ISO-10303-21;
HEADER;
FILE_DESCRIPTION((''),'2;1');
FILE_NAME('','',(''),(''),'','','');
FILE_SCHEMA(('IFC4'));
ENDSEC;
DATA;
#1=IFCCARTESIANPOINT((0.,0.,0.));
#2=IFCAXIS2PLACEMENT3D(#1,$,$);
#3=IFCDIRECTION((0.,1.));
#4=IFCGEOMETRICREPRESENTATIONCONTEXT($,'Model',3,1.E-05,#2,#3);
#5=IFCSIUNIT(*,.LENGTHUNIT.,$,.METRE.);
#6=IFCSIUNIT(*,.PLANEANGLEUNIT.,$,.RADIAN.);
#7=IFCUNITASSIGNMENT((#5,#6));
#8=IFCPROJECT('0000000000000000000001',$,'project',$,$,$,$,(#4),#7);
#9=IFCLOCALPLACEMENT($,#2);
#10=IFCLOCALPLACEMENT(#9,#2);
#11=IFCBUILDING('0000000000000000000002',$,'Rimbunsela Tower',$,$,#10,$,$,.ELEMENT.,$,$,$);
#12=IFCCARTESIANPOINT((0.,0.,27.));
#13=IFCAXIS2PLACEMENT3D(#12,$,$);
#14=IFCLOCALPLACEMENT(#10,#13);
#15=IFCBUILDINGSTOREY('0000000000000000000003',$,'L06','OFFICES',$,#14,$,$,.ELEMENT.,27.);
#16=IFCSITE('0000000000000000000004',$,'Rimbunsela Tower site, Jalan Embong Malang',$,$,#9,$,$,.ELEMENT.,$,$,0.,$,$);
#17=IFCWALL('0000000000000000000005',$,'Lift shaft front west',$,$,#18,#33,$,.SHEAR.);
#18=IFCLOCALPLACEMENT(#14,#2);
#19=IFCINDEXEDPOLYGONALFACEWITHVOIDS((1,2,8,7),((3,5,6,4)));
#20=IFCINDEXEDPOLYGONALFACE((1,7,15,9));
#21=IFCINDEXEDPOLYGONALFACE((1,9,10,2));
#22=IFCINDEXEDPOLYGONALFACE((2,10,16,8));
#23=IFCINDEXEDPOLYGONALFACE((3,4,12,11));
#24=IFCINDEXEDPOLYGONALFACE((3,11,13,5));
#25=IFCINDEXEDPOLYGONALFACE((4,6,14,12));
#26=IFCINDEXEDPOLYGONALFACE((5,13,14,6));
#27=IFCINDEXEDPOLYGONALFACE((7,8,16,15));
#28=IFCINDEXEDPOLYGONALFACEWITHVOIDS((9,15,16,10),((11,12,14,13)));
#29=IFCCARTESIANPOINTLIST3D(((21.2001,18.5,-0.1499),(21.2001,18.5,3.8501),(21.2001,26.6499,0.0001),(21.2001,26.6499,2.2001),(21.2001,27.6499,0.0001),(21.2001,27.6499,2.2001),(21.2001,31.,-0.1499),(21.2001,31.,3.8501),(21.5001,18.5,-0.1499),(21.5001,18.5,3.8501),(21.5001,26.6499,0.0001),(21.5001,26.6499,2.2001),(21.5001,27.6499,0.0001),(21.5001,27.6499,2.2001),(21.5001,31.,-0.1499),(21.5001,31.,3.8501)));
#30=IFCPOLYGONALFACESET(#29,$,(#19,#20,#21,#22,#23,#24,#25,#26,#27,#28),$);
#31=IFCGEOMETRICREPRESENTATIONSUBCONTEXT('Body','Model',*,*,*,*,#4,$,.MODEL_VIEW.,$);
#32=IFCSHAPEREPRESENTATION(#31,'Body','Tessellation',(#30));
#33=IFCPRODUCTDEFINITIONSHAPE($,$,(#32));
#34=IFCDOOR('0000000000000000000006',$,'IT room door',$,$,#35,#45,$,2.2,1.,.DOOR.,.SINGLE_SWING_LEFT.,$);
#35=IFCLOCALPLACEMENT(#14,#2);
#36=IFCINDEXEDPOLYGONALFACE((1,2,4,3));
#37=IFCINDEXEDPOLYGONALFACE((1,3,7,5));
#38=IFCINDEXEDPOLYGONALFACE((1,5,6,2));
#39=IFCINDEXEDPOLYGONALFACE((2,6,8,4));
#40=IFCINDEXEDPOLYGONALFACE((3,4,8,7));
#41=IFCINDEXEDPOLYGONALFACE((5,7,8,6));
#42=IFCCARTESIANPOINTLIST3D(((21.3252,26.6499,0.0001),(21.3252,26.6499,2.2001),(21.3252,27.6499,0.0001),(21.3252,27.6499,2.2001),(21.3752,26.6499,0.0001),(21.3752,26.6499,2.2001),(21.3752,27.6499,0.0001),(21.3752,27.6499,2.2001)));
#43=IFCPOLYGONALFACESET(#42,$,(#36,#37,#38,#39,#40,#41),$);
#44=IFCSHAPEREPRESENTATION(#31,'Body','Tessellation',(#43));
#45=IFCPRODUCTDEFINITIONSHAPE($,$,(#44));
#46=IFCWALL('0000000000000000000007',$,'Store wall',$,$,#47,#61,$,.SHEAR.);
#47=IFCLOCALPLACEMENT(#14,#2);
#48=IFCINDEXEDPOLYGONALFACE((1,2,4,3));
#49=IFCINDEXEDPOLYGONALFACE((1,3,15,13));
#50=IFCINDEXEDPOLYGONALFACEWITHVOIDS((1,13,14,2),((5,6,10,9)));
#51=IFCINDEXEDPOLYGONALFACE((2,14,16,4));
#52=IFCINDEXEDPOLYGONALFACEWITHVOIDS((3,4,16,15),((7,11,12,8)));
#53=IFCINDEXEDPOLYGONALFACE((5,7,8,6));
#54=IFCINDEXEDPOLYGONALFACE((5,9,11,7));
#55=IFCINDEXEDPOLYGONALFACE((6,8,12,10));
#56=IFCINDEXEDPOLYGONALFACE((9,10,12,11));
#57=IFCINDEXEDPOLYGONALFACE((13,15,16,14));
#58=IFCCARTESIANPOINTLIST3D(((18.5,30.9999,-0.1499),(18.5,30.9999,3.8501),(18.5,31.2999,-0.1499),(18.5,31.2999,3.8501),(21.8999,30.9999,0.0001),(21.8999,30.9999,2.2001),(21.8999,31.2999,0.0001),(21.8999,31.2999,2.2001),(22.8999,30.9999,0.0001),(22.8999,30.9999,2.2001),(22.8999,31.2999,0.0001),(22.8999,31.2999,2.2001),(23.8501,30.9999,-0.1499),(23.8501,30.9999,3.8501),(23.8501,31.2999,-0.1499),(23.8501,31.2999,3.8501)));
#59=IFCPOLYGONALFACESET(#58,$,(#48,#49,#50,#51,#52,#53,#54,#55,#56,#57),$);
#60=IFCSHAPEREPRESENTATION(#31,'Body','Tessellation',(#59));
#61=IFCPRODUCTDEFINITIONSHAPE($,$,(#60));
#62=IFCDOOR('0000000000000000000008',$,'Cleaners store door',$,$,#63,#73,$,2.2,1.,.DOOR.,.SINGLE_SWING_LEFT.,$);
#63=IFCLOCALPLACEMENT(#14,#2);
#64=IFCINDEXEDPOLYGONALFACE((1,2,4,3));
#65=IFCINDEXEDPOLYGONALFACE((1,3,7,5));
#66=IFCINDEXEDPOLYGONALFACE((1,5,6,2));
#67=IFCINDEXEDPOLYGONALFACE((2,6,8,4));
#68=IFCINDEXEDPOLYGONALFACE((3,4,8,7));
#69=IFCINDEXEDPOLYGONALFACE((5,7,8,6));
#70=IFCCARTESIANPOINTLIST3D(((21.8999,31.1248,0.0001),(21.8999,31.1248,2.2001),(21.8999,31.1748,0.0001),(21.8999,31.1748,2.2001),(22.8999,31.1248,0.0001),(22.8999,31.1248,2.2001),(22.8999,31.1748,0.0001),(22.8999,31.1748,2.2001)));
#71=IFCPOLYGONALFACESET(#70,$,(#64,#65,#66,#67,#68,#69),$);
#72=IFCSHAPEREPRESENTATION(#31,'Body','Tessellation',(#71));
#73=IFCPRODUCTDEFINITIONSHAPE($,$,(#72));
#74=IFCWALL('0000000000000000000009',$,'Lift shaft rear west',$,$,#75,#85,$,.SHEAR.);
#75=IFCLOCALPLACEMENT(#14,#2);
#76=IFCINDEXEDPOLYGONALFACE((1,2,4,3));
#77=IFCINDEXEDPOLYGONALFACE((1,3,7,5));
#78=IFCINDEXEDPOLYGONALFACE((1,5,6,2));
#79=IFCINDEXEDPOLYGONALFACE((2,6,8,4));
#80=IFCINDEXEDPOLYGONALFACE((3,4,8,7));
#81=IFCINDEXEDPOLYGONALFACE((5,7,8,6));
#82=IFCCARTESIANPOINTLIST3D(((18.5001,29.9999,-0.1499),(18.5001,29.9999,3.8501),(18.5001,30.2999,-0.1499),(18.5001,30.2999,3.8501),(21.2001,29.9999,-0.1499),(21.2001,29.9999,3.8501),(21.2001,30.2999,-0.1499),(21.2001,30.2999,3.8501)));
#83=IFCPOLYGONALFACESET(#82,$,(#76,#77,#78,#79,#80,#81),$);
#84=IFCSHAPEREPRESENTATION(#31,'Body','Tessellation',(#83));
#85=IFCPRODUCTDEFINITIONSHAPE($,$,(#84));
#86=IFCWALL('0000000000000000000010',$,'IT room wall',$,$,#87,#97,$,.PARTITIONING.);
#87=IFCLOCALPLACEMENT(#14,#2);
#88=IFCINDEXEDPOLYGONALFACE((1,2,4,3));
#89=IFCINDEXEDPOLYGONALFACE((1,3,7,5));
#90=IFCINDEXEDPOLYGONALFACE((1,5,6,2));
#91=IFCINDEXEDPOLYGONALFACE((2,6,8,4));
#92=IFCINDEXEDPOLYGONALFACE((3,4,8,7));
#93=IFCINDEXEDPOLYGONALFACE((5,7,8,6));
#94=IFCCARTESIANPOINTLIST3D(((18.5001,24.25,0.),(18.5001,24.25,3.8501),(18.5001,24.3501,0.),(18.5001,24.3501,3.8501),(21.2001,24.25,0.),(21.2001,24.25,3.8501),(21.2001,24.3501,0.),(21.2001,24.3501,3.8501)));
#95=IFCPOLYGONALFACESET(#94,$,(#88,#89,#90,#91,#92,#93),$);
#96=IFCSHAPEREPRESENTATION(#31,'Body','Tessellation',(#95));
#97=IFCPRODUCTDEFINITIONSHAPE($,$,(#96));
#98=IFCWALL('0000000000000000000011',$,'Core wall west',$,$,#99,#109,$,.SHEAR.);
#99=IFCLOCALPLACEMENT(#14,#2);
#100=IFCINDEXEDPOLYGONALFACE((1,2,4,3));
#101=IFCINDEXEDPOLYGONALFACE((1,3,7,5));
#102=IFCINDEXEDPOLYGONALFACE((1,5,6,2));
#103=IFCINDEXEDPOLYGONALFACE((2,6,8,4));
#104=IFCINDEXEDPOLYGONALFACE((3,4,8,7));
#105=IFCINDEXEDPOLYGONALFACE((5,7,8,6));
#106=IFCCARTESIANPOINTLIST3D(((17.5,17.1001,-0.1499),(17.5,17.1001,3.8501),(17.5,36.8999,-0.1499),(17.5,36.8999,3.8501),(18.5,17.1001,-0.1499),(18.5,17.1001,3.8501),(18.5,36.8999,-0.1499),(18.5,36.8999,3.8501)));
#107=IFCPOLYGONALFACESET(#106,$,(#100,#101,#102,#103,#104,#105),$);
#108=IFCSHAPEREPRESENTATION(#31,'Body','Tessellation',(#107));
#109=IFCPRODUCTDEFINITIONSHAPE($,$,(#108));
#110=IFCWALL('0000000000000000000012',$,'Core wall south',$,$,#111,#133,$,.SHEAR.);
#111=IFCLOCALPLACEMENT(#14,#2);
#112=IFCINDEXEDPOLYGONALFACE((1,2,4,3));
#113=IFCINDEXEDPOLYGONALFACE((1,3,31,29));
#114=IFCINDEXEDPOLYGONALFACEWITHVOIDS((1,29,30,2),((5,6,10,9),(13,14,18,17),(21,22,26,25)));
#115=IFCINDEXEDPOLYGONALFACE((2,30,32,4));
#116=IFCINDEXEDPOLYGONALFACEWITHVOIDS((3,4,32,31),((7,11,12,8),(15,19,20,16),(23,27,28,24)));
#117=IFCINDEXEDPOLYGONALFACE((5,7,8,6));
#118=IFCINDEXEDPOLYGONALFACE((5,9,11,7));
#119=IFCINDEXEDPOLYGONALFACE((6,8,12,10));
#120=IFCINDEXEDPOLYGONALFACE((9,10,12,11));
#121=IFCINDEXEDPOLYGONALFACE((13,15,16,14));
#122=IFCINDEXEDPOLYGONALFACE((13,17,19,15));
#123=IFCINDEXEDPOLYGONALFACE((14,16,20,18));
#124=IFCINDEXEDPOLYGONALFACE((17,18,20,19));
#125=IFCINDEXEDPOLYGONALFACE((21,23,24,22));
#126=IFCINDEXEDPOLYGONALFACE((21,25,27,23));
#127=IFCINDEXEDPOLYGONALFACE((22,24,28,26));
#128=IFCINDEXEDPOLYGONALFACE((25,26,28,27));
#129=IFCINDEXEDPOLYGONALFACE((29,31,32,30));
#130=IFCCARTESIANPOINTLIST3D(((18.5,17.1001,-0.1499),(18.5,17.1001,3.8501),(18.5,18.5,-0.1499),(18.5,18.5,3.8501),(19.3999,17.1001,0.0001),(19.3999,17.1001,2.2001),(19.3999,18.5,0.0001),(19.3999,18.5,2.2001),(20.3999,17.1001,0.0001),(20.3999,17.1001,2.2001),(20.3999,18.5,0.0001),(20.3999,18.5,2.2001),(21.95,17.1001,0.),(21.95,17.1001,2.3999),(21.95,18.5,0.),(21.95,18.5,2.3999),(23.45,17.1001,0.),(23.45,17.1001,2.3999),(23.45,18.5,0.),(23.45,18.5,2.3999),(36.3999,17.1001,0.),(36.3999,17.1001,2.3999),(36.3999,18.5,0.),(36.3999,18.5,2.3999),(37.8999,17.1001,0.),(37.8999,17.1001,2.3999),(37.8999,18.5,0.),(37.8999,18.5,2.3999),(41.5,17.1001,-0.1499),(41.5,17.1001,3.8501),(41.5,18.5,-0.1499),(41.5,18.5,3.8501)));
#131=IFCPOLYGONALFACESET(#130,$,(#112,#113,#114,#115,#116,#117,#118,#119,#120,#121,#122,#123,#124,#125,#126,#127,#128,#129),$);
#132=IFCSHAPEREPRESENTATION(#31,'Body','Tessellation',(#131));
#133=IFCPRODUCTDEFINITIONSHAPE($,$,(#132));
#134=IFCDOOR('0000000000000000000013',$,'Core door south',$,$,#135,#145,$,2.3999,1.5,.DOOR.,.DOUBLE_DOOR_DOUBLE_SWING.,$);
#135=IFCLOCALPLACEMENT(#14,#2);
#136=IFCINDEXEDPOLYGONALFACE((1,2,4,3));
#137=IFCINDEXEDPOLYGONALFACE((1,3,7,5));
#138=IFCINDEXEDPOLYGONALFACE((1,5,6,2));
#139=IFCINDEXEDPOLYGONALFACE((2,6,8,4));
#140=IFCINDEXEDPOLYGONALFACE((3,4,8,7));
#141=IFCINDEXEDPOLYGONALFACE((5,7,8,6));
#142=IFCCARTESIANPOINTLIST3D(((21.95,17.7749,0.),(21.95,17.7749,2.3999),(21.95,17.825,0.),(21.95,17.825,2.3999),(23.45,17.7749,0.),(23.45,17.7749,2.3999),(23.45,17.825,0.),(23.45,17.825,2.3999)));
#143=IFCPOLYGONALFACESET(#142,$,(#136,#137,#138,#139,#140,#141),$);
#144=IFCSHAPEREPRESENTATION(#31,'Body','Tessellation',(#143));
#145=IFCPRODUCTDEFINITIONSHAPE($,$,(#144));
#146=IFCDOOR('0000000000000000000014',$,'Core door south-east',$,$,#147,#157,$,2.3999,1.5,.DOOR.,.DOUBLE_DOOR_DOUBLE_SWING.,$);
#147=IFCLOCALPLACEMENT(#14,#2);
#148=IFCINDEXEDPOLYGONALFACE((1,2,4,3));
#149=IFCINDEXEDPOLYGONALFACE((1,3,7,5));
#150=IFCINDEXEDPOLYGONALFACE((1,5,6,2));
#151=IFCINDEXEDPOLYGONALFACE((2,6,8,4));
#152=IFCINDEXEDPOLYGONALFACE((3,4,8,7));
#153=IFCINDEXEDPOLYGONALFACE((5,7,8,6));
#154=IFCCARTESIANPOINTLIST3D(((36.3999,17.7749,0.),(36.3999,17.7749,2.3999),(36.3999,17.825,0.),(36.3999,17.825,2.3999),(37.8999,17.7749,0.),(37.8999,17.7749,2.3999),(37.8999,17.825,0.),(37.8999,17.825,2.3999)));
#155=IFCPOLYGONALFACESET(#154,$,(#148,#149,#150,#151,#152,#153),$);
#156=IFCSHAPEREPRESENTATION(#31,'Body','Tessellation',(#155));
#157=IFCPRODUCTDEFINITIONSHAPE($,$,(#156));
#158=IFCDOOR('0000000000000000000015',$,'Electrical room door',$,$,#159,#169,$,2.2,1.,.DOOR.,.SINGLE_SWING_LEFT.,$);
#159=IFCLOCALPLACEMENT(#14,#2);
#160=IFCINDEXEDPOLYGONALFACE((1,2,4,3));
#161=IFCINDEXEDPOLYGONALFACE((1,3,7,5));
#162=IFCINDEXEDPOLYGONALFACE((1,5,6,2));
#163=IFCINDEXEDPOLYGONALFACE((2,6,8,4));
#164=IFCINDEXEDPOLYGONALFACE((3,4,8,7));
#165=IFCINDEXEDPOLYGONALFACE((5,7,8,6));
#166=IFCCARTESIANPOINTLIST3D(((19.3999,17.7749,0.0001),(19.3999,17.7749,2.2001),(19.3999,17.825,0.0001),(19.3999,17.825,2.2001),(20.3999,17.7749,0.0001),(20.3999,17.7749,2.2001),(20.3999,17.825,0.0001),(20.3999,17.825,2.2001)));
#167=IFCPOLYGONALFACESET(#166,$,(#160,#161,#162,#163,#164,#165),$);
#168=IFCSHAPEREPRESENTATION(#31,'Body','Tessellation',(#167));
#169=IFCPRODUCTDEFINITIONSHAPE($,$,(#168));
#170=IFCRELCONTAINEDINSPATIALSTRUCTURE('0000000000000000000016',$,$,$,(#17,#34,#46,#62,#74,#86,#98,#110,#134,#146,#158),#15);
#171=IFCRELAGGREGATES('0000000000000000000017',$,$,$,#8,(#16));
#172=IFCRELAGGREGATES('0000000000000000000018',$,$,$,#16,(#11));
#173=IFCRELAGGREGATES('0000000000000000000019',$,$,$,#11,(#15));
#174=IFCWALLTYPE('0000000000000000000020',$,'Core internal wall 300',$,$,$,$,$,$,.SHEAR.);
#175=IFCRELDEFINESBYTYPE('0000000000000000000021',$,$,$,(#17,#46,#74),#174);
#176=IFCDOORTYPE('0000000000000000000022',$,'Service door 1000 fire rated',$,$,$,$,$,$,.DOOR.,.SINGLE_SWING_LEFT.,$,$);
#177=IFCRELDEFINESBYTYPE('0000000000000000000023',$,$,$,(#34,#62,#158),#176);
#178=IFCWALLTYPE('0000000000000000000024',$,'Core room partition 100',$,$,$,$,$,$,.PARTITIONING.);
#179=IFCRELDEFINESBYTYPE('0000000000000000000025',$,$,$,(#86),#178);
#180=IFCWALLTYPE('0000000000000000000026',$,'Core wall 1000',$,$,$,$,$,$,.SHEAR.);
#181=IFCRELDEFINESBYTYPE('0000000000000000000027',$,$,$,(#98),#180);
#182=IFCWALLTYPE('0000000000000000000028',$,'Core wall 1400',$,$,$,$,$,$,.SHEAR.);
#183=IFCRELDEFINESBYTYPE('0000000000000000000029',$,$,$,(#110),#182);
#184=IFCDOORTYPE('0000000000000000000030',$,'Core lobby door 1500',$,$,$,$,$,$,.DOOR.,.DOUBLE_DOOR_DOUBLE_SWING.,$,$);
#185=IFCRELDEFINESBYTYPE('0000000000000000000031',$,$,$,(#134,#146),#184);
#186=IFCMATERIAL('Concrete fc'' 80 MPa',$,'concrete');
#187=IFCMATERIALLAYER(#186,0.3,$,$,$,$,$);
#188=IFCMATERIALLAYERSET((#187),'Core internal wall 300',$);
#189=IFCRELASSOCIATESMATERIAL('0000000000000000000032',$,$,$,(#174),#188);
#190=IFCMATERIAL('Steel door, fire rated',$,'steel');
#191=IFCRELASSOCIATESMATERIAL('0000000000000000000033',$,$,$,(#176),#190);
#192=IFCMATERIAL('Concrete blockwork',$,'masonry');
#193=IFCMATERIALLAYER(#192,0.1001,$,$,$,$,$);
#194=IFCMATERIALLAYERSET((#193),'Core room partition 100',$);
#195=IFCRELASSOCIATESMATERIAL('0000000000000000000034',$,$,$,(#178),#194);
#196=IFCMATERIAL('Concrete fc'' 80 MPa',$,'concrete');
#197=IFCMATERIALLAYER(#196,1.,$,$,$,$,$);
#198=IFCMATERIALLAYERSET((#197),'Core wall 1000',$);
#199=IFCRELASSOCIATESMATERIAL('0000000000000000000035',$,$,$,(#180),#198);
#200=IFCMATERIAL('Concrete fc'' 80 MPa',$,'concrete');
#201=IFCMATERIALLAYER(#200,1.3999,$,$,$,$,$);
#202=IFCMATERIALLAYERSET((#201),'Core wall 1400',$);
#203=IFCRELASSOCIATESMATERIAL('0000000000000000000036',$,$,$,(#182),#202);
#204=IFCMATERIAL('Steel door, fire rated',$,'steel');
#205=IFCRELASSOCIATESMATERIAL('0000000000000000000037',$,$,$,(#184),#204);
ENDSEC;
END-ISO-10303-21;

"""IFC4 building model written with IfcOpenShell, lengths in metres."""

from ifc_helpers import new_model, si_unit, direction, frame, frame_2d, origin, place, context, subcontext, project, spatial, rectangle, extrude, material, layer, layer_set, type_object, element, fill, save


model = new_model("IFC4")

# Units and contexts
model_context = context("Model", 3, precision=1e-05, world=origin(), true_north=direction((0.0, 1.0)))
body_context = subcontext(model_context, "Body", "Model", "MODEL_VIEW")
ifc_project = project(units=[si_unit("LENGTHUNIT", "METRE"), si_unit("PLANEANGLEUNIT", "RADIAN")], contexts=[model_context])

# Site, building, storey
site_placement = place(None, origin())
site = spatial("IfcSite", under=ifc_project, at=site_placement, Name="Rimbunsela Tower site, Jalan Embong Malang", CompositionType="ELEMENT", RefElevation=0.0)
building_placement = place(site_placement, origin())
building = spatial("IfcBuilding", under=site, at=building_placement, Name="Rimbunsela Tower", CompositionType="ELEMENT")
storey_placement = place(building_placement, frame((0.0, 0.0, 27.0)))
storey = spatial("IfcBuildingStorey", under=building, at=storey_placement, Name="L06", Description="OFFICES", CompositionType="ELEMENT", Elevation=27.0)

# Walls, openings, doors
ifc_material_1 = material(Name="Concrete fc' 80 MPa", Category="concrete")
ifc_layer_1 = layer(ifc_material_1, 0.3)
ifc_layer_set_1 = layer_set([ifc_layer_1], Name="Core internal wall 300")
wall_type_1 = type_object("IfcWallType", Name="Core internal wall 300", PredefinedType="SHEAR", material=ifc_layer_set_1)
wall_1_placement = place(storey_placement, frame((21.3501, 18.5, -0.1499), z_axis=(0.0, 0.0, 1.0), x_axis=(0.0, 1.0, 0.0)))
wall_1 = element("IfcWall", 1, at=wall_1_placement, inside=storey, type_object=wall_type_1, Name="Lift shaft front west", PredefinedType="SHEAR", context=body_context, shape_type="SweptSolid", body=[
    extrude(rectangle(XDim=12.5, YDim=0.3, at=frame_2d((6.25, 0.0))), origin(), (0.0, 0.0, 1.0), 4.0),
])
opening_1_placement = place(wall_1_placement, frame((8.1499, 0.0, 0.1499)))
opening_1 = element("IfcOpeningElement", 2, at=opening_1_placement, cuts=wall_1, PredefinedType="OPENING", context=body_context, shape_type="SweptSolid", body=[
    extrude(rectangle(XDim=1.0, YDim=2.2, at=frame_2d((0.5, 1.1001))), frame((0.0, 0.1599, 0.0), z_axis=(0.0, -1.0, 0.0), x_axis=(1.0, 0.0, 0.0)), (0.0, 0.0, 1.0), 0.3201),
])
ifc_material_2 = material(Name="Steel door, fire rated", Category="steel")
door_type_1 = type_object("IfcDoorType", Name="Service door 1000 fire rated", OperationType="SINGLE_SWING_LEFT", PredefinedType="DOOR", material=ifc_material_2)
door_1_placement = place(opening_1_placement, origin())
door_1 = element("IfcDoor", 3, at=door_1_placement, inside=storey, type_object=door_type_1, Name="IT room door", OperationType="SINGLE_SWING_LEFT", OverallHeight=2.2, OverallWidth=1.0, PredefinedType="DOOR", context=body_context, shape_type="SweptSolid", body=[
    extrude(rectangle(XDim=1.0, YDim=2.2, at=frame_2d((0.5, 1.1001))), frame((0.0, 0.0249, 0.0), z_axis=(0.0, -1.0, 0.0), x_axis=(1.0, 0.0, 0.0)), (0.0, 0.0, 1.0), 0.05),
])
fill(opening_1, door_1)
wall_2_placement = place(storey_placement, frame((18.5, 31.1499, -0.1499), z_axis=(0.0, 0.0, 1.0), x_axis=(1.0, 0.0, 0.0)))
wall_2 = element("IfcWall", 4, at=wall_2_placement, inside=storey, type_object=wall_type_1, Name="Store wall", PredefinedType="SHEAR", context=body_context, shape_type="SweptSolid", body=[
    extrude(rectangle(XDim=5.3501, YDim=0.3, at=frame_2d((2.675, 0.0))), origin(), (0.0, 0.0, 1.0), 4.0),
])
opening_2_placement = place(wall_2_placement, frame((3.3999, 0.0, 0.1499)))
opening_2 = element("IfcOpeningElement", 5, at=opening_2_placement, cuts=wall_2, PredefinedType="OPENING", context=body_context, shape_type="SweptSolid", body=[
    extrude(rectangle(XDim=1.0, YDim=2.2, at=frame_2d((0.5, 1.1001))), frame((0.0, 0.1599, 0.0), z_axis=(0.0, -1.0, 0.0), x_axis=(1.0, 0.0, 0.0)), (0.0, 0.0, 1.0), 0.3201),
])
door_2_placement = place(opening_2_placement, origin())
door_2 = element("IfcDoor", 6, at=door_2_placement, inside=storey, type_object=door_type_1, Name="Cleaners store door", OperationType="SINGLE_SWING_LEFT", OverallHeight=2.2, OverallWidth=1.0, PredefinedType="DOOR", context=body_context, shape_type="SweptSolid", body=[
    extrude(rectangle(XDim=1.0, YDim=2.2, at=frame_2d((0.5, 1.1001))), frame((0.0, 0.0249, 0.0), z_axis=(0.0, -1.0, 0.0), x_axis=(1.0, 0.0, 0.0)), (0.0, 0.0, 1.0), 0.05),
])
fill(opening_2, door_2)

# Walls
wall_3_placement = place(storey_placement, frame((18.5, 30.1499, -0.1499), z_axis=(0.0, 0.0, 1.0), x_axis=(1.0, 0.0, 0.0)))
element("IfcWall", 7, at=wall_3_placement, inside=storey, type_object=wall_type_1, Name="Lift shaft rear west", PredefinedType="SHEAR", context=body_context, shape_type="SweptSolid", body=[
    extrude(rectangle(XDim=2.7, YDim=0.3, at=frame_2d((1.3501, 0.0))), origin(), (0.0, 0.0, 1.0), 4.0),
])
ifc_material_3 = material(Name="Concrete blockwork", Category="masonry")
ifc_layer_2 = layer(ifc_material_3, 0.1001)
ifc_layer_set_2 = layer_set([ifc_layer_2], Name="Core room partition 100")
wall_type_2 = type_object("IfcWallType", Name="Core room partition 100", PredefinedType="PARTITIONING", material=ifc_layer_set_2)
wall_4_placement = place(storey_placement, frame((18.5, 24.3, 0.0), z_axis=(0.0, 0.0, 1.0), x_axis=(1.0, 0.0, 0.0)))
element("IfcWall", 8, at=wall_4_placement, inside=storey, type_object=wall_type_2, Name="IT room wall", PredefinedType="PARTITIONING", context=body_context, shape_type="SweptSolid", body=[
    extrude(rectangle(XDim=2.7, YDim=0.1001, at=frame_2d((1.3501, 0.0))), origin(), (0.0, 0.0, 1.0), 3.8501),
])
ifc_material_4 = material(Name="Concrete fc' 80 MPa", Category="concrete")
ifc_layer_3 = layer(ifc_material_4, 1.0)
ifc_layer_set_3 = layer_set([ifc_layer_3], Name="Core wall 1000")
wall_type_3 = type_object("IfcWallType", Name="Core wall 1000", PredefinedType="SHEAR", material=ifc_layer_set_3)
wall_5_placement = place(storey_placement, frame((18.0, 17.1001, -0.1499), z_axis=(0.0, 0.0, 1.0), x_axis=(0.0, 1.0, 0.0)))
element("IfcWall", 9, at=wall_5_placement, inside=storey, type_object=wall_type_3, Name="Core wall west", PredefinedType="SHEAR", context=body_context, shape_type="SweptSolid", body=[
    extrude(rectangle(XDim=19.7998, YDim=1.0, at=frame_2d((9.8999, 0.0))), origin(), (0.0, 0.0, 1.0), 4.0),
])

# Wall, openings, doors
ifc_material_5 = material(Name="Concrete fc' 80 MPa", Category="concrete")
ifc_layer_4 = layer(ifc_material_5, 1.3999)
ifc_layer_set_4 = layer_set([ifc_layer_4], Name="Core wall 1400")
wall_type_4 = type_object("IfcWallType", Name="Core wall 1400", PredefinedType="SHEAR", material=ifc_layer_set_4)
wall_6_placement = place(storey_placement, frame((18.5, 17.8, -0.1499), z_axis=(0.0, 0.0, 1.0), x_axis=(1.0, 0.0, 0.0)))
wall_6 = element("IfcWall", 10, at=wall_6_placement, inside=storey, type_object=wall_type_4, Name="Core wall south", PredefinedType="SHEAR", context=body_context, shape_type="SweptSolid", body=[
    extrude(rectangle(XDim=23.0, YDim=1.3999, at=frame_2d((11.5, 0.0))), origin(), (0.0, 0.0, 1.0), 4.0),
])
opening_3_placement = place(wall_6_placement, frame((3.45, 0.0, 0.1499)))
opening_3 = element("IfcOpeningElement", 11, at=opening_3_placement, cuts=wall_6, PredefinedType="OPENING", context=body_context, shape_type="SweptSolid", body=[
    extrude(rectangle(XDim=1.5, YDim=2.3999, at=frame_2d((0.75, 1.2))), frame((0.0, 0.71, 0.0), z_axis=(0.0, -1.0, 0.0), x_axis=(1.0, 0.0, 0.0)), (0.0, 0.0, 1.0), 1.4199),
])
opening_4_placement = place(wall_6_placement, frame((17.8999, 0.0, 0.1499)))
opening_4 = element("IfcOpeningElement", 12, at=opening_4_placement, cuts=wall_6, PredefinedType="OPENING", context=body_context, shape_type="SweptSolid", body=[
    extrude(rectangle(XDim=1.5, YDim=2.3999, at=frame_2d((0.75, 1.2))), frame((0.0, 0.71, 0.0), z_axis=(0.0, -1.0, 0.0), x_axis=(1.0, 0.0, 0.0)), (0.0, 0.0, 1.0), 1.4199),
])
opening_5_placement = place(wall_6_placement, frame((0.8999, 0.0, 0.1499)))
opening_5 = element("IfcOpeningElement", 13, at=opening_5_placement, cuts=wall_6, PredefinedType="OPENING", context=body_context, shape_type="SweptSolid", body=[
    extrude(rectangle(XDim=1.0, YDim=2.2, at=frame_2d((0.5, 1.1001))), frame((0.0, 0.71, 0.0), z_axis=(0.0, -1.0, 0.0), x_axis=(1.0, 0.0, 0.0)), (0.0, 0.0, 1.0), 1.4199),
])
ifc_material_6 = material(Name="Steel door, fire rated", Category="steel")
door_type_2 = type_object("IfcDoorType", Name="Core lobby door 1500", OperationType="DOUBLE_DOOR_DOUBLE_SWING", PredefinedType="DOOR", material=ifc_material_6)
door_3_placement = place(opening_3_placement, origin())
door_3 = element("IfcDoor", 14, at=door_3_placement, inside=storey, type_object=door_type_2, Name="Core door south", OperationType="DOUBLE_DOOR_DOUBLE_SWING", OverallHeight=2.3999, OverallWidth=1.5, PredefinedType="DOOR", context=body_context, shape_type="SweptSolid", body=[
    extrude(rectangle(XDim=1.5, YDim=2.3999, at=frame_2d((0.75, 1.2))), frame((0.0, 0.0249, 0.0), z_axis=(0.0, -1.0, 0.0), x_axis=(1.0, 0.0, 0.0)), (0.0, 0.0, 1.0), 0.05),
])
fill(opening_3, door_3)
door_4_placement = place(opening_4_placement, origin())
door_4 = element("IfcDoor", 15, at=door_4_placement, inside=storey, type_object=door_type_2, Name="Core door south-east", OperationType="DOUBLE_DOOR_DOUBLE_SWING", OverallHeight=2.3999, OverallWidth=1.5, PredefinedType="DOOR", context=body_context, shape_type="SweptSolid", body=[
    extrude(rectangle(XDim=1.5, YDim=2.3999, at=frame_2d((0.75, 1.2))), frame((0.0, 0.0249, 0.0), z_axis=(0.0, -1.0, 0.0), x_axis=(1.0, 0.0, 0.0)), (0.0, 0.0, 1.0), 0.05),
])
fill(opening_4, door_4)
door_5_placement = place(opening_5_placement, origin())
door_5 = element("IfcDoor", 16, at=door_5_placement, inside=storey, type_object=door_type_1, Name="Electrical room door", OperationType="SINGLE_SWING_LEFT", OverallHeight=2.2, OverallWidth=1.0, PredefinedType="DOOR", context=body_context, shape_type="SweptSolid", body=[
    extrude(rectangle(XDim=1.0, YDim=2.2, at=frame_2d((0.5, 1.1001))), frame((0.0, 0.0249, 0.0), z_axis=(0.0, -1.0, 0.0), x_axis=(1.0, 0.0, 0.0)), (0.0, 0.0, 1.0), 0.05),
])
fill(opening_5, door_5)

save(model, "model.ifc")
